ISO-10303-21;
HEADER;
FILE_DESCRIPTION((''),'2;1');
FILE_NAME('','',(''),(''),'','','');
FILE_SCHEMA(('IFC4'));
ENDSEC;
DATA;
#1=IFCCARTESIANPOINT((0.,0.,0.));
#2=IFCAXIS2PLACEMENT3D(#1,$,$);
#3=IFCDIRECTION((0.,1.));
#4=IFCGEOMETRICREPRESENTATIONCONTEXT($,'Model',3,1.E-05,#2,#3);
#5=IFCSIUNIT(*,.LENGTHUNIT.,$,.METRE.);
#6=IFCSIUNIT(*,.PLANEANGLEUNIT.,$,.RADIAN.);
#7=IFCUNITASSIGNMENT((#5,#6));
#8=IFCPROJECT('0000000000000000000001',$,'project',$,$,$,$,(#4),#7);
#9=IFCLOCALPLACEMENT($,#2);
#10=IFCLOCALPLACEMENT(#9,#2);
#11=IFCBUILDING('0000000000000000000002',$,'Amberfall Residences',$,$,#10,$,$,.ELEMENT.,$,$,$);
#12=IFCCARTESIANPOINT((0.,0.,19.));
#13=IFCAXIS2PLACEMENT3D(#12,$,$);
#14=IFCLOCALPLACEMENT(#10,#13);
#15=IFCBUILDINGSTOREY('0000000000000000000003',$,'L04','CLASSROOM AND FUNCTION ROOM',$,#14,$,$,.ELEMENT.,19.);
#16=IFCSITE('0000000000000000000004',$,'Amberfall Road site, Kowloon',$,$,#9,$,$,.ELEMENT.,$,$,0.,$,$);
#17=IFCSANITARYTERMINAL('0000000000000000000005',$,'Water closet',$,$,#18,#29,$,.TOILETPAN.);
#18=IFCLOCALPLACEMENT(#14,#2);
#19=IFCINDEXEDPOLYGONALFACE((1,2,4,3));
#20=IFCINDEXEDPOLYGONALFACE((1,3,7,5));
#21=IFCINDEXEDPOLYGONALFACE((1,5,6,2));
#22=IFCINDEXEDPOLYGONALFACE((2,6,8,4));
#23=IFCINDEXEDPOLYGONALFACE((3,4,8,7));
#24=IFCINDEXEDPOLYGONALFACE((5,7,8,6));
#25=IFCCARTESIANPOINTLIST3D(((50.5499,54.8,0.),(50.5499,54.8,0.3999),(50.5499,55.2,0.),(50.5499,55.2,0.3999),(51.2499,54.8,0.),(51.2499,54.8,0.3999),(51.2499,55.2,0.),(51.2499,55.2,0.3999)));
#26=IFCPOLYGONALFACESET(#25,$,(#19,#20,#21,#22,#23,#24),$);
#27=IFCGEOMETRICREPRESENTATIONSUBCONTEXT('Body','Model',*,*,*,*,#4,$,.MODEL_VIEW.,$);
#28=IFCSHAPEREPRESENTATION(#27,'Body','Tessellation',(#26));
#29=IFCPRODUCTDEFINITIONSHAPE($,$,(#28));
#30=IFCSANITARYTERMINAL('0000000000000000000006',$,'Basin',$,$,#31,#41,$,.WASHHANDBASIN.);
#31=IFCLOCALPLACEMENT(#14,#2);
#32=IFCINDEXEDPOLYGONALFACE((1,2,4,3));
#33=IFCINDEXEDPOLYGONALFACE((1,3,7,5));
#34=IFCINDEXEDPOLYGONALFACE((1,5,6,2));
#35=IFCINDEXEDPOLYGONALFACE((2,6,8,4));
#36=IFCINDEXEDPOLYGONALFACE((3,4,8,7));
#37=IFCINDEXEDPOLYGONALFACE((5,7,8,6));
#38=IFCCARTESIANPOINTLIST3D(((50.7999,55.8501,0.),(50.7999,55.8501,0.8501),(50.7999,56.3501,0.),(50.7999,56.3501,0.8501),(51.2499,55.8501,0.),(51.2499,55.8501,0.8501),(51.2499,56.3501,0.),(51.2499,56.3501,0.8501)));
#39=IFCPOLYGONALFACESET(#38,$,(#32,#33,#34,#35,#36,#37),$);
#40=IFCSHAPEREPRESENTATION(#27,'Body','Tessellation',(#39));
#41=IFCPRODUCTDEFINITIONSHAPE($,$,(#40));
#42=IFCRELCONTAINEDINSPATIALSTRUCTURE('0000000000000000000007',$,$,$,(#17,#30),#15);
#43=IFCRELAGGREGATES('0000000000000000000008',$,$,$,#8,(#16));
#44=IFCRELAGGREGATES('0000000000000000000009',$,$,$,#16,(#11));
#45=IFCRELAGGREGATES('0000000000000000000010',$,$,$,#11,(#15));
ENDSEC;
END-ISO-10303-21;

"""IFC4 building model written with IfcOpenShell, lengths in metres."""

from ifc_helpers import new_model, si_unit, direction, frame, origin, origin_2d, place, context, subcontext, project, spatial, rectangle, extrude, element, save


model = new_model("IFC4")

# Units and contexts
model_context = context("Model", 3, precision=1e-05, world=origin(), true_north=direction((0.0, 1.0)))
body_context = subcontext(model_context, "Body", "Model", "MODEL_VIEW")
ifc_project = project(units=[si_unit("LENGTHUNIT", "METRE"), si_unit("PLANEANGLEUNIT", "RADIAN")], contexts=[model_context])

# Site, building, storey
site_placement = place(None, origin())
site = spatial("IfcSite", under=ifc_project, at=site_placement, Name="Amberfall Road site, Kowloon", CompositionType="ELEMENT", RefElevation=0.0)
building_placement = place(site_placement, origin())
building = spatial("IfcBuilding", under=site, at=building_placement, Name="Amberfall Residences", CompositionType="ELEMENT")
storey_placement = place(building_placement, frame((0.0, 0.0, 19.0)))
storey = spatial("IfcBuildingStorey", under=building, at=storey_placement, Name="L04", Description="CLASSROOM AND FUNCTION ROOM", CompositionType="ELEMENT", Elevation=19.0)

# Sanitary terminals
sanitary_terminal_1_placement = place(storey_placement, frame((50.8999, 55.0, 0.0), z_axis=(0.0, 0.0, 1.0), x_axis=(1.0, 0.0, 0.0)))
element("IfcSanitaryTerminal", 1, at=sanitary_terminal_1_placement, inside=storey, Name="Water closet", PredefinedType="TOILETPAN", context=body_context, shape_type="SweptSolid", body=[
    extrude(rectangle(XDim=0.7, YDim=0.3999, at=origin_2d()), origin(), (0.0, 0.0, 1.0), 0.3999),
])
sanitary_terminal_2_placement = place(storey_placement, frame((51.0249, 56.1001, 0.0), z_axis=(0.0, 0.0, 1.0), x_axis=(1.0, 0.0, 0.0)))
element("IfcSanitaryTerminal", 2, at=sanitary_terminal_2_placement, inside=storey, Name="Basin", PredefinedType="WASHHANDBASIN", context=body_context, shape_type="SweptSolid", body=[
    extrude(rectangle(XDim=0.45, YDim=0.5, at=origin_2d()), origin(), (0.0, 0.0, 1.0), 0.8501),
])

save(model, "model.ifc")
